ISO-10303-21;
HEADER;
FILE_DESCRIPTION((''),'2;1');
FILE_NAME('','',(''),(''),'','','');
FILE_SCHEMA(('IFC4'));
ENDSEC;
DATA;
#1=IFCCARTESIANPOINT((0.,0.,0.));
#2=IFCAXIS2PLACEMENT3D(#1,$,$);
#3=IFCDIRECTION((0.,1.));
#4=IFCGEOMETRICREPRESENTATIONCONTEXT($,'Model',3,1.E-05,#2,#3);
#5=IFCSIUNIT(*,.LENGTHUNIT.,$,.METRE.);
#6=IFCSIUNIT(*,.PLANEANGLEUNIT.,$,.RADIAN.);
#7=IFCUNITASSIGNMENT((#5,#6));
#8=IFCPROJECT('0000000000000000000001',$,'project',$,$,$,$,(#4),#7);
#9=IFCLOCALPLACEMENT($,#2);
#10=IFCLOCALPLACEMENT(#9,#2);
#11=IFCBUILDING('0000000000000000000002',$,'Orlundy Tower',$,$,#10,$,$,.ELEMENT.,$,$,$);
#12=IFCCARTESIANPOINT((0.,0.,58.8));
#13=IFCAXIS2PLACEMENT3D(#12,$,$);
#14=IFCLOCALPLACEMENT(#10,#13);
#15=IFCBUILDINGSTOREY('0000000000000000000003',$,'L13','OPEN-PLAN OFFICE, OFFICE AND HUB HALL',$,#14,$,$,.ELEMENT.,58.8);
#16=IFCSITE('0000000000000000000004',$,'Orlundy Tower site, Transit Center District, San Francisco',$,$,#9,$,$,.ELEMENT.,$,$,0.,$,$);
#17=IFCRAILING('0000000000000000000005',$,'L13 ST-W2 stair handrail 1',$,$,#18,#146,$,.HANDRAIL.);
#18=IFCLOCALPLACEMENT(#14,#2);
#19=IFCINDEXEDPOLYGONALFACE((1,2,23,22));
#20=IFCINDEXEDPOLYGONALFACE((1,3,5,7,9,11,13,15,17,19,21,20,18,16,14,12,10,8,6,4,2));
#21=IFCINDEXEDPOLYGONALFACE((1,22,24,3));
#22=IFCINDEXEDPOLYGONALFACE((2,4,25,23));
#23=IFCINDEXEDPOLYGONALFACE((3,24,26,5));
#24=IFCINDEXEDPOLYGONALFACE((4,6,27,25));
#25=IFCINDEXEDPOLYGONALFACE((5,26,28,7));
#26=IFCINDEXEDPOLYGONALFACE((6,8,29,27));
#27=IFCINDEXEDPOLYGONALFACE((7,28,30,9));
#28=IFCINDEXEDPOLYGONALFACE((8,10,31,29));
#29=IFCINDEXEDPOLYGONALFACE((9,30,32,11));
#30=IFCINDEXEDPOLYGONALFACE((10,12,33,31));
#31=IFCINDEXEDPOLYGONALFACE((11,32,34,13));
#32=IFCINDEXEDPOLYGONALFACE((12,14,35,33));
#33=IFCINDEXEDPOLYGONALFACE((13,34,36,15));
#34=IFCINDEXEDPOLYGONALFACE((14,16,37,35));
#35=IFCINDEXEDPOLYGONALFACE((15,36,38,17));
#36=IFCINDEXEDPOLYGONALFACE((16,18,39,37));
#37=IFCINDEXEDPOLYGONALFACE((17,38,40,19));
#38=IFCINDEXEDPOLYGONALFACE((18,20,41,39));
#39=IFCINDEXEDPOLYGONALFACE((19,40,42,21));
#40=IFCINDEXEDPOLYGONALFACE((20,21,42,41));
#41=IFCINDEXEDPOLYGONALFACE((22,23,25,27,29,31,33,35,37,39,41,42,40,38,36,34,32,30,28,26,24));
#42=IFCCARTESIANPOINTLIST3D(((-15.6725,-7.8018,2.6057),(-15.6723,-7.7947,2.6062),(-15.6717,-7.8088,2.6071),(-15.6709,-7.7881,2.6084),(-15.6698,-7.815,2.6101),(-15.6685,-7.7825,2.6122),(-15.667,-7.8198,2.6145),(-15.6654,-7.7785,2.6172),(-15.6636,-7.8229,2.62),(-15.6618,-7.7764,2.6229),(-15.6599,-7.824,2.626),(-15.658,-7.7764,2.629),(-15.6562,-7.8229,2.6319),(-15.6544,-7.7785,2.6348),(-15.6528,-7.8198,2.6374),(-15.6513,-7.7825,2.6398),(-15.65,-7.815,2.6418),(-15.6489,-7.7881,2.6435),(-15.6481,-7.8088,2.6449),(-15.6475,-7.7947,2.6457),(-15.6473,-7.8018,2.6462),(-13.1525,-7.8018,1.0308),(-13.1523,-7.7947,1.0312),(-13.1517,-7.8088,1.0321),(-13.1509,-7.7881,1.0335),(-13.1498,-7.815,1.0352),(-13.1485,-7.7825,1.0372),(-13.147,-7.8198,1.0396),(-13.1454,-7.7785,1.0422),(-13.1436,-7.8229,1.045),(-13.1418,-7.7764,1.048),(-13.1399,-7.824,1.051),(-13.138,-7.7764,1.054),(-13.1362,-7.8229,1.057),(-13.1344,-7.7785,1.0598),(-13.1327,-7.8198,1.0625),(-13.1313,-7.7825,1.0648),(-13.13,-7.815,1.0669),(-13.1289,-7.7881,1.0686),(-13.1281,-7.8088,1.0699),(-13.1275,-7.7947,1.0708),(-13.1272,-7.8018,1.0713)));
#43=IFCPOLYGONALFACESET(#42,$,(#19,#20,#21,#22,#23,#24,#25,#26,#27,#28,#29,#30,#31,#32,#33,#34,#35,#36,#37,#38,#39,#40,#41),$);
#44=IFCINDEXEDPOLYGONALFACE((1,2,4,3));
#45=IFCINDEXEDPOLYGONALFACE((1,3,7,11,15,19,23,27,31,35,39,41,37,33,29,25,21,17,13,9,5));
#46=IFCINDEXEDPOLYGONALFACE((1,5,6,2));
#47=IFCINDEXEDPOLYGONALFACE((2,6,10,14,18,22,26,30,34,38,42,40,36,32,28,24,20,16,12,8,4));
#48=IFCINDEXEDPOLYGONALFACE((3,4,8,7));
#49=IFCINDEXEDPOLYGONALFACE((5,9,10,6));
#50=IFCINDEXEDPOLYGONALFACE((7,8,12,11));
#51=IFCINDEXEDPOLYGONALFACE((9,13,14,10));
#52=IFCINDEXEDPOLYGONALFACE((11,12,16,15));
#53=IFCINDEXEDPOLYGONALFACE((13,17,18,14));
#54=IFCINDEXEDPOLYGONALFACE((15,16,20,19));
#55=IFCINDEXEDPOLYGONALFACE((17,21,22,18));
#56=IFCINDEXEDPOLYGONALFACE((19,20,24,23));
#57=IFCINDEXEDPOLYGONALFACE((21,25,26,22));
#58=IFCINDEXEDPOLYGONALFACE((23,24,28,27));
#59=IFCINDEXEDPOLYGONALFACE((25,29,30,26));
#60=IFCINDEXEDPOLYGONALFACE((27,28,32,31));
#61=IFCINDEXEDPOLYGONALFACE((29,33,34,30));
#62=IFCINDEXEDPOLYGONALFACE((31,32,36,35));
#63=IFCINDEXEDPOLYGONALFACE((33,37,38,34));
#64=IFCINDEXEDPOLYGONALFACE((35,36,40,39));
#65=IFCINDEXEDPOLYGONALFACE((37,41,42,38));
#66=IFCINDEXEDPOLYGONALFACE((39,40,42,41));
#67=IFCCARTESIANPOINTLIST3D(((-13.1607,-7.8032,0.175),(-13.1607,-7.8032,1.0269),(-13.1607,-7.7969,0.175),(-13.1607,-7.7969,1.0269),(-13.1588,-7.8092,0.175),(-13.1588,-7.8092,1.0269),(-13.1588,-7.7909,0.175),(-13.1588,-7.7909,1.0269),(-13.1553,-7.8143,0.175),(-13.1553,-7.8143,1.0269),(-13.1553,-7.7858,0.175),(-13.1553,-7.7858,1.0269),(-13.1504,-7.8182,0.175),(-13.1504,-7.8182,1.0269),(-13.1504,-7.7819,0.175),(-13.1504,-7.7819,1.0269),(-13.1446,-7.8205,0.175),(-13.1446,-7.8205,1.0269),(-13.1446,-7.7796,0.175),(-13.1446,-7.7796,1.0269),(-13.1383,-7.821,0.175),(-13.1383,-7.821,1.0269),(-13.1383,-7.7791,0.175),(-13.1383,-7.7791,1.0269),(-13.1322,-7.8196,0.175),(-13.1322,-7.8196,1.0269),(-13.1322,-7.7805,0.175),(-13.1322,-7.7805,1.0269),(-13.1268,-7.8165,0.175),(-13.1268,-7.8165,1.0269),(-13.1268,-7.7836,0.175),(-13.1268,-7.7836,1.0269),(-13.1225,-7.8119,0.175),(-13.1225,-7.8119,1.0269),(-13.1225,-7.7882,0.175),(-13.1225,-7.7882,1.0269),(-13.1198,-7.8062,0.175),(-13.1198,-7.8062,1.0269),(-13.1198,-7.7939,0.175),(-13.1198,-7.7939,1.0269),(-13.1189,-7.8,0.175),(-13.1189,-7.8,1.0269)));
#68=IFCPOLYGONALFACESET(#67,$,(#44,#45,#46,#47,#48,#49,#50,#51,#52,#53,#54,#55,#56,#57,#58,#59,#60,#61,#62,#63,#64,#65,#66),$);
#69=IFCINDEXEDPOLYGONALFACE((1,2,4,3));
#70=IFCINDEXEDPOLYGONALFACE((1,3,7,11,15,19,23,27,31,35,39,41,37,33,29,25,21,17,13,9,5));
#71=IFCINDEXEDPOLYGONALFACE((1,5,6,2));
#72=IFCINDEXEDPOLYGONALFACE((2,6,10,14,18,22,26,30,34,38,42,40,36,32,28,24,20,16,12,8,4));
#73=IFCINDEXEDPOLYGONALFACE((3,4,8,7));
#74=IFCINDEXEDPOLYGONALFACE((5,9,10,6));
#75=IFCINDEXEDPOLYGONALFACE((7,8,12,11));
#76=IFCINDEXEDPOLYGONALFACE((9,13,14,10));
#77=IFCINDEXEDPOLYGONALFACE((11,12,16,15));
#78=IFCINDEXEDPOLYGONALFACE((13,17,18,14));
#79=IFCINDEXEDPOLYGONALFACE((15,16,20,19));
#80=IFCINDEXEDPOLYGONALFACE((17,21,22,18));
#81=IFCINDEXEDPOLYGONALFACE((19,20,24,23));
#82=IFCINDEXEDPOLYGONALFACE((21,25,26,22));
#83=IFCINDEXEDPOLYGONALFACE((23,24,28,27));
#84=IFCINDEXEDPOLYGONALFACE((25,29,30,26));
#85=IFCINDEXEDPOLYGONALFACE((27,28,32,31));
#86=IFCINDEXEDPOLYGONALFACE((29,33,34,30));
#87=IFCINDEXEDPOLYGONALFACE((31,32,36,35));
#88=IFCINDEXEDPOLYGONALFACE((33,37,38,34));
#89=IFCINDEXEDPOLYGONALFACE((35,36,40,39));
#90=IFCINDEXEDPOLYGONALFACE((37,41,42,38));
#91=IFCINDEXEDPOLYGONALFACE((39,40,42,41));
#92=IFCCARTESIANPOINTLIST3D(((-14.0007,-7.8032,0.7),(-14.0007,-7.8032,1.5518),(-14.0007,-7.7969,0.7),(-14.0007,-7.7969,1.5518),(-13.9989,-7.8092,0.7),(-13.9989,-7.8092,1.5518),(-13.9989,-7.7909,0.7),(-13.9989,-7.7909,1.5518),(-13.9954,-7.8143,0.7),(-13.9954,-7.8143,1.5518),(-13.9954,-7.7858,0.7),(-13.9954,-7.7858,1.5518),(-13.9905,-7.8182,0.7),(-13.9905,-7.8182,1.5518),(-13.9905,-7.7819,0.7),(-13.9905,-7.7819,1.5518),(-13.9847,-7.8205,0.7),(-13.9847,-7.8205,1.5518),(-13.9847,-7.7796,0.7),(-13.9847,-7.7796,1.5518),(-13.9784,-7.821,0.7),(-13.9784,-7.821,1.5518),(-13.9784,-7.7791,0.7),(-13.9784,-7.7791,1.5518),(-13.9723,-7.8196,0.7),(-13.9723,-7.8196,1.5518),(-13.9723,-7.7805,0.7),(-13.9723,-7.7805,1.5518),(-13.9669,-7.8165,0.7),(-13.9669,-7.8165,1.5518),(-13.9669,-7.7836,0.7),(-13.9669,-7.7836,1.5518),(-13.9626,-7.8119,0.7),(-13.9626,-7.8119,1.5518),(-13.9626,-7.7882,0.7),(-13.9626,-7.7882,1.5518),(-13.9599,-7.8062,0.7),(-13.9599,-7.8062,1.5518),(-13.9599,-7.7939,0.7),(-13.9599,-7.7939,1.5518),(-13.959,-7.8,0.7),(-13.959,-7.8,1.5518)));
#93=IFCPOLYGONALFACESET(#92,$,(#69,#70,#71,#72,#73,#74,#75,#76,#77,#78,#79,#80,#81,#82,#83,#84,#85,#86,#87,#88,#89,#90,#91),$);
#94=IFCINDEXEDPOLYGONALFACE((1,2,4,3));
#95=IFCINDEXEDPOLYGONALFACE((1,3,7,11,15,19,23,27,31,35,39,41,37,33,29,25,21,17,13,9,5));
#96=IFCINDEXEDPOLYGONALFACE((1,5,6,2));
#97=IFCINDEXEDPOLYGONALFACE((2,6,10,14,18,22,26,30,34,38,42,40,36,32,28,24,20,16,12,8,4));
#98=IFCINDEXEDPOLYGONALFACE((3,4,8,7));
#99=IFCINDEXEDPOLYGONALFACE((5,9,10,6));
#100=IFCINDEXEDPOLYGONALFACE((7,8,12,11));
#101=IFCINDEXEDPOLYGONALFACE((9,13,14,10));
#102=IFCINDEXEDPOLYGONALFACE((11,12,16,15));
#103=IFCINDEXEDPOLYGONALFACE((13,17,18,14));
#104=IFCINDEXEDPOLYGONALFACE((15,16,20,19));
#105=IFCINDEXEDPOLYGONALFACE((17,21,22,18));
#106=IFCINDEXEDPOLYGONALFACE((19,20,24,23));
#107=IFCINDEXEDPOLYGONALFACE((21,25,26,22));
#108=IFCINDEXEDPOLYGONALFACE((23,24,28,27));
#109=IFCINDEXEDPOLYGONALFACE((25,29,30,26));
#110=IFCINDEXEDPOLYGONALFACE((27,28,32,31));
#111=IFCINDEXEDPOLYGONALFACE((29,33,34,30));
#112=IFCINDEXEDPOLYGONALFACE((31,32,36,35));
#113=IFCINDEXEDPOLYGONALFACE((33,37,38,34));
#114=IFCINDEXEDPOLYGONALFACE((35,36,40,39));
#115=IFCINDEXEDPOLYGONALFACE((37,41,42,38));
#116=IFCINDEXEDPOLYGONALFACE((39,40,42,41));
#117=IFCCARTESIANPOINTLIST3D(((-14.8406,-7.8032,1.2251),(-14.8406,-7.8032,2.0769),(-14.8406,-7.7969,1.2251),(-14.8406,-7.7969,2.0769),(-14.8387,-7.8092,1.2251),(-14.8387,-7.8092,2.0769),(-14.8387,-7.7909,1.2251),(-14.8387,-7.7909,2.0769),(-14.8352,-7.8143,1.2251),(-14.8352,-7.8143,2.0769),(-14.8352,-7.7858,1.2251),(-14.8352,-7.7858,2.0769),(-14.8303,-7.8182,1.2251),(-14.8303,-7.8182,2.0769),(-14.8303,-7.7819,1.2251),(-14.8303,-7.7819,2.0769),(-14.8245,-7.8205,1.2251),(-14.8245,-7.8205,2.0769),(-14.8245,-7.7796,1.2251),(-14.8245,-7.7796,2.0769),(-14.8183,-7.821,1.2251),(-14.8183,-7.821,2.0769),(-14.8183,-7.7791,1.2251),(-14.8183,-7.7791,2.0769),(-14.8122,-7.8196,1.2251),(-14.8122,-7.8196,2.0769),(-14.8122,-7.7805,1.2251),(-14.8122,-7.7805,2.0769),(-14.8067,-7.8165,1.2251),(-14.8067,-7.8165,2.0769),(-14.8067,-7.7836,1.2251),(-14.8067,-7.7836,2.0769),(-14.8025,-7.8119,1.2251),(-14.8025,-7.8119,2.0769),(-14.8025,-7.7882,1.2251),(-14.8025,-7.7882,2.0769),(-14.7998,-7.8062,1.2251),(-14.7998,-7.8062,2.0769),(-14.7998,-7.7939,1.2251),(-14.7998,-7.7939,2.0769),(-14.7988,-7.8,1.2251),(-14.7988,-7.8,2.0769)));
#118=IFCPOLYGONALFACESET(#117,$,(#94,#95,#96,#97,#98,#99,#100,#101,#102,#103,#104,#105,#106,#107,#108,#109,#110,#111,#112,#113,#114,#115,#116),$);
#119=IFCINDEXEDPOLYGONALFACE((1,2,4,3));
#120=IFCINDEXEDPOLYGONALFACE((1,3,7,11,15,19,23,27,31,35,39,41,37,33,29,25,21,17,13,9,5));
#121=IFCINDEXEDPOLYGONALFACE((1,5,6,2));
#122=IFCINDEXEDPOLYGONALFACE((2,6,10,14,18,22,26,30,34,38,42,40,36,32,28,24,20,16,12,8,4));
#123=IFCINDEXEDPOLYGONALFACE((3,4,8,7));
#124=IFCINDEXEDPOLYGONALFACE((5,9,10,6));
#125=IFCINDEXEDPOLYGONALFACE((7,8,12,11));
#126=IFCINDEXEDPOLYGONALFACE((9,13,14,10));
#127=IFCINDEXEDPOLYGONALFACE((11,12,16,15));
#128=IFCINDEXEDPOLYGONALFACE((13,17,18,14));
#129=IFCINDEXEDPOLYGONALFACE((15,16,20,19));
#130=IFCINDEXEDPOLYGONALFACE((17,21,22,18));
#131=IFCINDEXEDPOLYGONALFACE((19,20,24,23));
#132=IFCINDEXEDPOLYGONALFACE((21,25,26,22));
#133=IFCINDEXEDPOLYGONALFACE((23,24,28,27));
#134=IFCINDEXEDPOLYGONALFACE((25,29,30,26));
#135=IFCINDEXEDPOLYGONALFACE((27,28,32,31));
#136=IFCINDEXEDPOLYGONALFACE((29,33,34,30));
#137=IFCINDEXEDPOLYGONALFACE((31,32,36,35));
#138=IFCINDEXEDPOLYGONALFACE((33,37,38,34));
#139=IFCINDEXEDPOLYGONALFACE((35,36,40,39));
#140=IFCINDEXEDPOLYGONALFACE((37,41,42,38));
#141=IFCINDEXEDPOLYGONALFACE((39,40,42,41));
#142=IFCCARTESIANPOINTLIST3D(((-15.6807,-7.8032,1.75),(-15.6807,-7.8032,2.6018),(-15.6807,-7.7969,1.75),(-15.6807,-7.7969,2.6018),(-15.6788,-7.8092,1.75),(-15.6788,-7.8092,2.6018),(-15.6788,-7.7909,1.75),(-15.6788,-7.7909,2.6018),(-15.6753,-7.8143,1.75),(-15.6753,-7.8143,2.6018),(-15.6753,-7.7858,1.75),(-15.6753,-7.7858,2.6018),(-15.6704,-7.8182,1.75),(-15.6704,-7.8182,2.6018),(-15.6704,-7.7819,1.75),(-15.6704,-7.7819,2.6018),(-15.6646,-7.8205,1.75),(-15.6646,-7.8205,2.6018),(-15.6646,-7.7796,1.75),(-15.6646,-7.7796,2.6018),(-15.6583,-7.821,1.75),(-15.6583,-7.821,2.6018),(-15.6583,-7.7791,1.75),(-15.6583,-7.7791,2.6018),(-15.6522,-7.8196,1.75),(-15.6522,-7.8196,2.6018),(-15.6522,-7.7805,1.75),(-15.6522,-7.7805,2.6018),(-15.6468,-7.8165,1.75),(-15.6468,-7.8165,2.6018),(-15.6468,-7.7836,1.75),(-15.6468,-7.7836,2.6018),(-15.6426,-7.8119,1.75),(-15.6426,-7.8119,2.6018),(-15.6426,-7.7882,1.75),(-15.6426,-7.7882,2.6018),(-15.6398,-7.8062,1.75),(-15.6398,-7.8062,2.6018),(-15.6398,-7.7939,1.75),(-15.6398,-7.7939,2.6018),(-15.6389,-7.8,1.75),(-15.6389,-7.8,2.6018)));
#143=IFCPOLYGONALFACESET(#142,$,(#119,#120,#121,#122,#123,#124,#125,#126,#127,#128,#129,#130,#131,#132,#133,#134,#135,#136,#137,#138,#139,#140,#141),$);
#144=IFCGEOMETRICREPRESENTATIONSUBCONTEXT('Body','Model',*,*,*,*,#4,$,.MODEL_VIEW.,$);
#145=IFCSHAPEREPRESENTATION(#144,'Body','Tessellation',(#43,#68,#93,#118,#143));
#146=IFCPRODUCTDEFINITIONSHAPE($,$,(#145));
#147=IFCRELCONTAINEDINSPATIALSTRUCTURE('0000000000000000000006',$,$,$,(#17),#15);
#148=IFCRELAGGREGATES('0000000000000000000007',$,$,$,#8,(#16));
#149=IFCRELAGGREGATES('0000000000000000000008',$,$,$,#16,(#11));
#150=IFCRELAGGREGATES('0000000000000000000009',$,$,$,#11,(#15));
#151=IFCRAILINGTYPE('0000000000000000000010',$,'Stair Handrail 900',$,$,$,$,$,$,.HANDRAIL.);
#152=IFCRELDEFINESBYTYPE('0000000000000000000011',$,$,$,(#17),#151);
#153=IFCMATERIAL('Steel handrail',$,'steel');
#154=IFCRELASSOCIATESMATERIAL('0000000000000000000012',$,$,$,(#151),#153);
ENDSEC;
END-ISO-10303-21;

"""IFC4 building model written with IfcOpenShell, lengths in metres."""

from ifc_helpers import new_model, si_unit, direction, frame, origin, origin_2d, place, context, subcontext, project, spatial, circle, extrude, material, type_object, element, save


model = new_model("IFC4")

# Units and contexts
model_context = context("Model", 3, precision=1e-05, world=origin(), true_north=direction((0.0, 1.0)))
body_context = subcontext(model_context, "Body", "Model", "MODEL_VIEW")
ifc_project = project(units=[si_unit("LENGTHUNIT", "METRE"), si_unit("PLANEANGLEUNIT", "RADIAN")], contexts=[model_context])

# Site, building, storey
site_placement = place(None, origin())
site = spatial("IfcSite", under=ifc_project, at=site_placement, Name="Orlundy Tower site, Transit Center District, San Francisco", CompositionType="ELEMENT", RefElevation=0.0)
building_placement = place(site_placement, origin())
building = spatial("IfcBuilding", under=site, at=building_placement, Name="Orlundy Tower", CompositionType="ELEMENT")
storey_placement = place(building_placement, frame((0.0, 0.0, 58.8)))
storey = spatial("IfcBuildingStorey", under=building, at=storey_placement, Name="L13", Description="OPEN-PLAN OFFICE, OFFICE AND HUB HALL", CompositionType="ELEMENT", Elevation=58.8)

# Railing
ifc_material_1 = material(Name="Steel handrail", Category="steel")
railing_type_1 = type_object("IfcRailingType", Name="Stair Handrail 900", PredefinedType="HANDRAIL", material=ifc_material_1)
railing_1_placement = place(storey_placement, frame((-13.1399, -7.8, 0.175)))
element("IfcRailing", 1, at=railing_1_placement, inside=storey, type_object=railing_type_1, Name="L13 ST-W2 stair handrail 1", PredefinedType="HANDRAIL", context=body_context, shape_type="SweptSolid", body=[
    extrude(circle(Radius=0.0239, at=origin_2d()), frame((0.0, 0.0, 0.876), z_axis=(-0.848008, 0.0, 0.529984), x_axis=(0.0, -1.0, 0.0)), (0.0, 0.0, 1.0), 2.9717),
    extrude(circle(Radius=0.021, at=origin_2d()), origin(), (0.0, 0.0, 1.0), 0.8518),
    extrude(circle(Radius=0.021, at=origin_2d()), frame((-0.8401, 0.0, 0.5249)), (0.0, 0.0, 1.0), 0.8518),
    extrude(circle(Radius=0.021, at=origin_2d()), frame((-1.6799, 0.0, 1.05)), (0.0, 0.0, 1.0), 0.8518),
    extrude(circle(Radius=0.021, at=origin_2d()), frame((-2.52, 0.0, 1.575)), (0.0, 0.0, 1.0), 0.8518),
])

save(model, "model.ifc")
